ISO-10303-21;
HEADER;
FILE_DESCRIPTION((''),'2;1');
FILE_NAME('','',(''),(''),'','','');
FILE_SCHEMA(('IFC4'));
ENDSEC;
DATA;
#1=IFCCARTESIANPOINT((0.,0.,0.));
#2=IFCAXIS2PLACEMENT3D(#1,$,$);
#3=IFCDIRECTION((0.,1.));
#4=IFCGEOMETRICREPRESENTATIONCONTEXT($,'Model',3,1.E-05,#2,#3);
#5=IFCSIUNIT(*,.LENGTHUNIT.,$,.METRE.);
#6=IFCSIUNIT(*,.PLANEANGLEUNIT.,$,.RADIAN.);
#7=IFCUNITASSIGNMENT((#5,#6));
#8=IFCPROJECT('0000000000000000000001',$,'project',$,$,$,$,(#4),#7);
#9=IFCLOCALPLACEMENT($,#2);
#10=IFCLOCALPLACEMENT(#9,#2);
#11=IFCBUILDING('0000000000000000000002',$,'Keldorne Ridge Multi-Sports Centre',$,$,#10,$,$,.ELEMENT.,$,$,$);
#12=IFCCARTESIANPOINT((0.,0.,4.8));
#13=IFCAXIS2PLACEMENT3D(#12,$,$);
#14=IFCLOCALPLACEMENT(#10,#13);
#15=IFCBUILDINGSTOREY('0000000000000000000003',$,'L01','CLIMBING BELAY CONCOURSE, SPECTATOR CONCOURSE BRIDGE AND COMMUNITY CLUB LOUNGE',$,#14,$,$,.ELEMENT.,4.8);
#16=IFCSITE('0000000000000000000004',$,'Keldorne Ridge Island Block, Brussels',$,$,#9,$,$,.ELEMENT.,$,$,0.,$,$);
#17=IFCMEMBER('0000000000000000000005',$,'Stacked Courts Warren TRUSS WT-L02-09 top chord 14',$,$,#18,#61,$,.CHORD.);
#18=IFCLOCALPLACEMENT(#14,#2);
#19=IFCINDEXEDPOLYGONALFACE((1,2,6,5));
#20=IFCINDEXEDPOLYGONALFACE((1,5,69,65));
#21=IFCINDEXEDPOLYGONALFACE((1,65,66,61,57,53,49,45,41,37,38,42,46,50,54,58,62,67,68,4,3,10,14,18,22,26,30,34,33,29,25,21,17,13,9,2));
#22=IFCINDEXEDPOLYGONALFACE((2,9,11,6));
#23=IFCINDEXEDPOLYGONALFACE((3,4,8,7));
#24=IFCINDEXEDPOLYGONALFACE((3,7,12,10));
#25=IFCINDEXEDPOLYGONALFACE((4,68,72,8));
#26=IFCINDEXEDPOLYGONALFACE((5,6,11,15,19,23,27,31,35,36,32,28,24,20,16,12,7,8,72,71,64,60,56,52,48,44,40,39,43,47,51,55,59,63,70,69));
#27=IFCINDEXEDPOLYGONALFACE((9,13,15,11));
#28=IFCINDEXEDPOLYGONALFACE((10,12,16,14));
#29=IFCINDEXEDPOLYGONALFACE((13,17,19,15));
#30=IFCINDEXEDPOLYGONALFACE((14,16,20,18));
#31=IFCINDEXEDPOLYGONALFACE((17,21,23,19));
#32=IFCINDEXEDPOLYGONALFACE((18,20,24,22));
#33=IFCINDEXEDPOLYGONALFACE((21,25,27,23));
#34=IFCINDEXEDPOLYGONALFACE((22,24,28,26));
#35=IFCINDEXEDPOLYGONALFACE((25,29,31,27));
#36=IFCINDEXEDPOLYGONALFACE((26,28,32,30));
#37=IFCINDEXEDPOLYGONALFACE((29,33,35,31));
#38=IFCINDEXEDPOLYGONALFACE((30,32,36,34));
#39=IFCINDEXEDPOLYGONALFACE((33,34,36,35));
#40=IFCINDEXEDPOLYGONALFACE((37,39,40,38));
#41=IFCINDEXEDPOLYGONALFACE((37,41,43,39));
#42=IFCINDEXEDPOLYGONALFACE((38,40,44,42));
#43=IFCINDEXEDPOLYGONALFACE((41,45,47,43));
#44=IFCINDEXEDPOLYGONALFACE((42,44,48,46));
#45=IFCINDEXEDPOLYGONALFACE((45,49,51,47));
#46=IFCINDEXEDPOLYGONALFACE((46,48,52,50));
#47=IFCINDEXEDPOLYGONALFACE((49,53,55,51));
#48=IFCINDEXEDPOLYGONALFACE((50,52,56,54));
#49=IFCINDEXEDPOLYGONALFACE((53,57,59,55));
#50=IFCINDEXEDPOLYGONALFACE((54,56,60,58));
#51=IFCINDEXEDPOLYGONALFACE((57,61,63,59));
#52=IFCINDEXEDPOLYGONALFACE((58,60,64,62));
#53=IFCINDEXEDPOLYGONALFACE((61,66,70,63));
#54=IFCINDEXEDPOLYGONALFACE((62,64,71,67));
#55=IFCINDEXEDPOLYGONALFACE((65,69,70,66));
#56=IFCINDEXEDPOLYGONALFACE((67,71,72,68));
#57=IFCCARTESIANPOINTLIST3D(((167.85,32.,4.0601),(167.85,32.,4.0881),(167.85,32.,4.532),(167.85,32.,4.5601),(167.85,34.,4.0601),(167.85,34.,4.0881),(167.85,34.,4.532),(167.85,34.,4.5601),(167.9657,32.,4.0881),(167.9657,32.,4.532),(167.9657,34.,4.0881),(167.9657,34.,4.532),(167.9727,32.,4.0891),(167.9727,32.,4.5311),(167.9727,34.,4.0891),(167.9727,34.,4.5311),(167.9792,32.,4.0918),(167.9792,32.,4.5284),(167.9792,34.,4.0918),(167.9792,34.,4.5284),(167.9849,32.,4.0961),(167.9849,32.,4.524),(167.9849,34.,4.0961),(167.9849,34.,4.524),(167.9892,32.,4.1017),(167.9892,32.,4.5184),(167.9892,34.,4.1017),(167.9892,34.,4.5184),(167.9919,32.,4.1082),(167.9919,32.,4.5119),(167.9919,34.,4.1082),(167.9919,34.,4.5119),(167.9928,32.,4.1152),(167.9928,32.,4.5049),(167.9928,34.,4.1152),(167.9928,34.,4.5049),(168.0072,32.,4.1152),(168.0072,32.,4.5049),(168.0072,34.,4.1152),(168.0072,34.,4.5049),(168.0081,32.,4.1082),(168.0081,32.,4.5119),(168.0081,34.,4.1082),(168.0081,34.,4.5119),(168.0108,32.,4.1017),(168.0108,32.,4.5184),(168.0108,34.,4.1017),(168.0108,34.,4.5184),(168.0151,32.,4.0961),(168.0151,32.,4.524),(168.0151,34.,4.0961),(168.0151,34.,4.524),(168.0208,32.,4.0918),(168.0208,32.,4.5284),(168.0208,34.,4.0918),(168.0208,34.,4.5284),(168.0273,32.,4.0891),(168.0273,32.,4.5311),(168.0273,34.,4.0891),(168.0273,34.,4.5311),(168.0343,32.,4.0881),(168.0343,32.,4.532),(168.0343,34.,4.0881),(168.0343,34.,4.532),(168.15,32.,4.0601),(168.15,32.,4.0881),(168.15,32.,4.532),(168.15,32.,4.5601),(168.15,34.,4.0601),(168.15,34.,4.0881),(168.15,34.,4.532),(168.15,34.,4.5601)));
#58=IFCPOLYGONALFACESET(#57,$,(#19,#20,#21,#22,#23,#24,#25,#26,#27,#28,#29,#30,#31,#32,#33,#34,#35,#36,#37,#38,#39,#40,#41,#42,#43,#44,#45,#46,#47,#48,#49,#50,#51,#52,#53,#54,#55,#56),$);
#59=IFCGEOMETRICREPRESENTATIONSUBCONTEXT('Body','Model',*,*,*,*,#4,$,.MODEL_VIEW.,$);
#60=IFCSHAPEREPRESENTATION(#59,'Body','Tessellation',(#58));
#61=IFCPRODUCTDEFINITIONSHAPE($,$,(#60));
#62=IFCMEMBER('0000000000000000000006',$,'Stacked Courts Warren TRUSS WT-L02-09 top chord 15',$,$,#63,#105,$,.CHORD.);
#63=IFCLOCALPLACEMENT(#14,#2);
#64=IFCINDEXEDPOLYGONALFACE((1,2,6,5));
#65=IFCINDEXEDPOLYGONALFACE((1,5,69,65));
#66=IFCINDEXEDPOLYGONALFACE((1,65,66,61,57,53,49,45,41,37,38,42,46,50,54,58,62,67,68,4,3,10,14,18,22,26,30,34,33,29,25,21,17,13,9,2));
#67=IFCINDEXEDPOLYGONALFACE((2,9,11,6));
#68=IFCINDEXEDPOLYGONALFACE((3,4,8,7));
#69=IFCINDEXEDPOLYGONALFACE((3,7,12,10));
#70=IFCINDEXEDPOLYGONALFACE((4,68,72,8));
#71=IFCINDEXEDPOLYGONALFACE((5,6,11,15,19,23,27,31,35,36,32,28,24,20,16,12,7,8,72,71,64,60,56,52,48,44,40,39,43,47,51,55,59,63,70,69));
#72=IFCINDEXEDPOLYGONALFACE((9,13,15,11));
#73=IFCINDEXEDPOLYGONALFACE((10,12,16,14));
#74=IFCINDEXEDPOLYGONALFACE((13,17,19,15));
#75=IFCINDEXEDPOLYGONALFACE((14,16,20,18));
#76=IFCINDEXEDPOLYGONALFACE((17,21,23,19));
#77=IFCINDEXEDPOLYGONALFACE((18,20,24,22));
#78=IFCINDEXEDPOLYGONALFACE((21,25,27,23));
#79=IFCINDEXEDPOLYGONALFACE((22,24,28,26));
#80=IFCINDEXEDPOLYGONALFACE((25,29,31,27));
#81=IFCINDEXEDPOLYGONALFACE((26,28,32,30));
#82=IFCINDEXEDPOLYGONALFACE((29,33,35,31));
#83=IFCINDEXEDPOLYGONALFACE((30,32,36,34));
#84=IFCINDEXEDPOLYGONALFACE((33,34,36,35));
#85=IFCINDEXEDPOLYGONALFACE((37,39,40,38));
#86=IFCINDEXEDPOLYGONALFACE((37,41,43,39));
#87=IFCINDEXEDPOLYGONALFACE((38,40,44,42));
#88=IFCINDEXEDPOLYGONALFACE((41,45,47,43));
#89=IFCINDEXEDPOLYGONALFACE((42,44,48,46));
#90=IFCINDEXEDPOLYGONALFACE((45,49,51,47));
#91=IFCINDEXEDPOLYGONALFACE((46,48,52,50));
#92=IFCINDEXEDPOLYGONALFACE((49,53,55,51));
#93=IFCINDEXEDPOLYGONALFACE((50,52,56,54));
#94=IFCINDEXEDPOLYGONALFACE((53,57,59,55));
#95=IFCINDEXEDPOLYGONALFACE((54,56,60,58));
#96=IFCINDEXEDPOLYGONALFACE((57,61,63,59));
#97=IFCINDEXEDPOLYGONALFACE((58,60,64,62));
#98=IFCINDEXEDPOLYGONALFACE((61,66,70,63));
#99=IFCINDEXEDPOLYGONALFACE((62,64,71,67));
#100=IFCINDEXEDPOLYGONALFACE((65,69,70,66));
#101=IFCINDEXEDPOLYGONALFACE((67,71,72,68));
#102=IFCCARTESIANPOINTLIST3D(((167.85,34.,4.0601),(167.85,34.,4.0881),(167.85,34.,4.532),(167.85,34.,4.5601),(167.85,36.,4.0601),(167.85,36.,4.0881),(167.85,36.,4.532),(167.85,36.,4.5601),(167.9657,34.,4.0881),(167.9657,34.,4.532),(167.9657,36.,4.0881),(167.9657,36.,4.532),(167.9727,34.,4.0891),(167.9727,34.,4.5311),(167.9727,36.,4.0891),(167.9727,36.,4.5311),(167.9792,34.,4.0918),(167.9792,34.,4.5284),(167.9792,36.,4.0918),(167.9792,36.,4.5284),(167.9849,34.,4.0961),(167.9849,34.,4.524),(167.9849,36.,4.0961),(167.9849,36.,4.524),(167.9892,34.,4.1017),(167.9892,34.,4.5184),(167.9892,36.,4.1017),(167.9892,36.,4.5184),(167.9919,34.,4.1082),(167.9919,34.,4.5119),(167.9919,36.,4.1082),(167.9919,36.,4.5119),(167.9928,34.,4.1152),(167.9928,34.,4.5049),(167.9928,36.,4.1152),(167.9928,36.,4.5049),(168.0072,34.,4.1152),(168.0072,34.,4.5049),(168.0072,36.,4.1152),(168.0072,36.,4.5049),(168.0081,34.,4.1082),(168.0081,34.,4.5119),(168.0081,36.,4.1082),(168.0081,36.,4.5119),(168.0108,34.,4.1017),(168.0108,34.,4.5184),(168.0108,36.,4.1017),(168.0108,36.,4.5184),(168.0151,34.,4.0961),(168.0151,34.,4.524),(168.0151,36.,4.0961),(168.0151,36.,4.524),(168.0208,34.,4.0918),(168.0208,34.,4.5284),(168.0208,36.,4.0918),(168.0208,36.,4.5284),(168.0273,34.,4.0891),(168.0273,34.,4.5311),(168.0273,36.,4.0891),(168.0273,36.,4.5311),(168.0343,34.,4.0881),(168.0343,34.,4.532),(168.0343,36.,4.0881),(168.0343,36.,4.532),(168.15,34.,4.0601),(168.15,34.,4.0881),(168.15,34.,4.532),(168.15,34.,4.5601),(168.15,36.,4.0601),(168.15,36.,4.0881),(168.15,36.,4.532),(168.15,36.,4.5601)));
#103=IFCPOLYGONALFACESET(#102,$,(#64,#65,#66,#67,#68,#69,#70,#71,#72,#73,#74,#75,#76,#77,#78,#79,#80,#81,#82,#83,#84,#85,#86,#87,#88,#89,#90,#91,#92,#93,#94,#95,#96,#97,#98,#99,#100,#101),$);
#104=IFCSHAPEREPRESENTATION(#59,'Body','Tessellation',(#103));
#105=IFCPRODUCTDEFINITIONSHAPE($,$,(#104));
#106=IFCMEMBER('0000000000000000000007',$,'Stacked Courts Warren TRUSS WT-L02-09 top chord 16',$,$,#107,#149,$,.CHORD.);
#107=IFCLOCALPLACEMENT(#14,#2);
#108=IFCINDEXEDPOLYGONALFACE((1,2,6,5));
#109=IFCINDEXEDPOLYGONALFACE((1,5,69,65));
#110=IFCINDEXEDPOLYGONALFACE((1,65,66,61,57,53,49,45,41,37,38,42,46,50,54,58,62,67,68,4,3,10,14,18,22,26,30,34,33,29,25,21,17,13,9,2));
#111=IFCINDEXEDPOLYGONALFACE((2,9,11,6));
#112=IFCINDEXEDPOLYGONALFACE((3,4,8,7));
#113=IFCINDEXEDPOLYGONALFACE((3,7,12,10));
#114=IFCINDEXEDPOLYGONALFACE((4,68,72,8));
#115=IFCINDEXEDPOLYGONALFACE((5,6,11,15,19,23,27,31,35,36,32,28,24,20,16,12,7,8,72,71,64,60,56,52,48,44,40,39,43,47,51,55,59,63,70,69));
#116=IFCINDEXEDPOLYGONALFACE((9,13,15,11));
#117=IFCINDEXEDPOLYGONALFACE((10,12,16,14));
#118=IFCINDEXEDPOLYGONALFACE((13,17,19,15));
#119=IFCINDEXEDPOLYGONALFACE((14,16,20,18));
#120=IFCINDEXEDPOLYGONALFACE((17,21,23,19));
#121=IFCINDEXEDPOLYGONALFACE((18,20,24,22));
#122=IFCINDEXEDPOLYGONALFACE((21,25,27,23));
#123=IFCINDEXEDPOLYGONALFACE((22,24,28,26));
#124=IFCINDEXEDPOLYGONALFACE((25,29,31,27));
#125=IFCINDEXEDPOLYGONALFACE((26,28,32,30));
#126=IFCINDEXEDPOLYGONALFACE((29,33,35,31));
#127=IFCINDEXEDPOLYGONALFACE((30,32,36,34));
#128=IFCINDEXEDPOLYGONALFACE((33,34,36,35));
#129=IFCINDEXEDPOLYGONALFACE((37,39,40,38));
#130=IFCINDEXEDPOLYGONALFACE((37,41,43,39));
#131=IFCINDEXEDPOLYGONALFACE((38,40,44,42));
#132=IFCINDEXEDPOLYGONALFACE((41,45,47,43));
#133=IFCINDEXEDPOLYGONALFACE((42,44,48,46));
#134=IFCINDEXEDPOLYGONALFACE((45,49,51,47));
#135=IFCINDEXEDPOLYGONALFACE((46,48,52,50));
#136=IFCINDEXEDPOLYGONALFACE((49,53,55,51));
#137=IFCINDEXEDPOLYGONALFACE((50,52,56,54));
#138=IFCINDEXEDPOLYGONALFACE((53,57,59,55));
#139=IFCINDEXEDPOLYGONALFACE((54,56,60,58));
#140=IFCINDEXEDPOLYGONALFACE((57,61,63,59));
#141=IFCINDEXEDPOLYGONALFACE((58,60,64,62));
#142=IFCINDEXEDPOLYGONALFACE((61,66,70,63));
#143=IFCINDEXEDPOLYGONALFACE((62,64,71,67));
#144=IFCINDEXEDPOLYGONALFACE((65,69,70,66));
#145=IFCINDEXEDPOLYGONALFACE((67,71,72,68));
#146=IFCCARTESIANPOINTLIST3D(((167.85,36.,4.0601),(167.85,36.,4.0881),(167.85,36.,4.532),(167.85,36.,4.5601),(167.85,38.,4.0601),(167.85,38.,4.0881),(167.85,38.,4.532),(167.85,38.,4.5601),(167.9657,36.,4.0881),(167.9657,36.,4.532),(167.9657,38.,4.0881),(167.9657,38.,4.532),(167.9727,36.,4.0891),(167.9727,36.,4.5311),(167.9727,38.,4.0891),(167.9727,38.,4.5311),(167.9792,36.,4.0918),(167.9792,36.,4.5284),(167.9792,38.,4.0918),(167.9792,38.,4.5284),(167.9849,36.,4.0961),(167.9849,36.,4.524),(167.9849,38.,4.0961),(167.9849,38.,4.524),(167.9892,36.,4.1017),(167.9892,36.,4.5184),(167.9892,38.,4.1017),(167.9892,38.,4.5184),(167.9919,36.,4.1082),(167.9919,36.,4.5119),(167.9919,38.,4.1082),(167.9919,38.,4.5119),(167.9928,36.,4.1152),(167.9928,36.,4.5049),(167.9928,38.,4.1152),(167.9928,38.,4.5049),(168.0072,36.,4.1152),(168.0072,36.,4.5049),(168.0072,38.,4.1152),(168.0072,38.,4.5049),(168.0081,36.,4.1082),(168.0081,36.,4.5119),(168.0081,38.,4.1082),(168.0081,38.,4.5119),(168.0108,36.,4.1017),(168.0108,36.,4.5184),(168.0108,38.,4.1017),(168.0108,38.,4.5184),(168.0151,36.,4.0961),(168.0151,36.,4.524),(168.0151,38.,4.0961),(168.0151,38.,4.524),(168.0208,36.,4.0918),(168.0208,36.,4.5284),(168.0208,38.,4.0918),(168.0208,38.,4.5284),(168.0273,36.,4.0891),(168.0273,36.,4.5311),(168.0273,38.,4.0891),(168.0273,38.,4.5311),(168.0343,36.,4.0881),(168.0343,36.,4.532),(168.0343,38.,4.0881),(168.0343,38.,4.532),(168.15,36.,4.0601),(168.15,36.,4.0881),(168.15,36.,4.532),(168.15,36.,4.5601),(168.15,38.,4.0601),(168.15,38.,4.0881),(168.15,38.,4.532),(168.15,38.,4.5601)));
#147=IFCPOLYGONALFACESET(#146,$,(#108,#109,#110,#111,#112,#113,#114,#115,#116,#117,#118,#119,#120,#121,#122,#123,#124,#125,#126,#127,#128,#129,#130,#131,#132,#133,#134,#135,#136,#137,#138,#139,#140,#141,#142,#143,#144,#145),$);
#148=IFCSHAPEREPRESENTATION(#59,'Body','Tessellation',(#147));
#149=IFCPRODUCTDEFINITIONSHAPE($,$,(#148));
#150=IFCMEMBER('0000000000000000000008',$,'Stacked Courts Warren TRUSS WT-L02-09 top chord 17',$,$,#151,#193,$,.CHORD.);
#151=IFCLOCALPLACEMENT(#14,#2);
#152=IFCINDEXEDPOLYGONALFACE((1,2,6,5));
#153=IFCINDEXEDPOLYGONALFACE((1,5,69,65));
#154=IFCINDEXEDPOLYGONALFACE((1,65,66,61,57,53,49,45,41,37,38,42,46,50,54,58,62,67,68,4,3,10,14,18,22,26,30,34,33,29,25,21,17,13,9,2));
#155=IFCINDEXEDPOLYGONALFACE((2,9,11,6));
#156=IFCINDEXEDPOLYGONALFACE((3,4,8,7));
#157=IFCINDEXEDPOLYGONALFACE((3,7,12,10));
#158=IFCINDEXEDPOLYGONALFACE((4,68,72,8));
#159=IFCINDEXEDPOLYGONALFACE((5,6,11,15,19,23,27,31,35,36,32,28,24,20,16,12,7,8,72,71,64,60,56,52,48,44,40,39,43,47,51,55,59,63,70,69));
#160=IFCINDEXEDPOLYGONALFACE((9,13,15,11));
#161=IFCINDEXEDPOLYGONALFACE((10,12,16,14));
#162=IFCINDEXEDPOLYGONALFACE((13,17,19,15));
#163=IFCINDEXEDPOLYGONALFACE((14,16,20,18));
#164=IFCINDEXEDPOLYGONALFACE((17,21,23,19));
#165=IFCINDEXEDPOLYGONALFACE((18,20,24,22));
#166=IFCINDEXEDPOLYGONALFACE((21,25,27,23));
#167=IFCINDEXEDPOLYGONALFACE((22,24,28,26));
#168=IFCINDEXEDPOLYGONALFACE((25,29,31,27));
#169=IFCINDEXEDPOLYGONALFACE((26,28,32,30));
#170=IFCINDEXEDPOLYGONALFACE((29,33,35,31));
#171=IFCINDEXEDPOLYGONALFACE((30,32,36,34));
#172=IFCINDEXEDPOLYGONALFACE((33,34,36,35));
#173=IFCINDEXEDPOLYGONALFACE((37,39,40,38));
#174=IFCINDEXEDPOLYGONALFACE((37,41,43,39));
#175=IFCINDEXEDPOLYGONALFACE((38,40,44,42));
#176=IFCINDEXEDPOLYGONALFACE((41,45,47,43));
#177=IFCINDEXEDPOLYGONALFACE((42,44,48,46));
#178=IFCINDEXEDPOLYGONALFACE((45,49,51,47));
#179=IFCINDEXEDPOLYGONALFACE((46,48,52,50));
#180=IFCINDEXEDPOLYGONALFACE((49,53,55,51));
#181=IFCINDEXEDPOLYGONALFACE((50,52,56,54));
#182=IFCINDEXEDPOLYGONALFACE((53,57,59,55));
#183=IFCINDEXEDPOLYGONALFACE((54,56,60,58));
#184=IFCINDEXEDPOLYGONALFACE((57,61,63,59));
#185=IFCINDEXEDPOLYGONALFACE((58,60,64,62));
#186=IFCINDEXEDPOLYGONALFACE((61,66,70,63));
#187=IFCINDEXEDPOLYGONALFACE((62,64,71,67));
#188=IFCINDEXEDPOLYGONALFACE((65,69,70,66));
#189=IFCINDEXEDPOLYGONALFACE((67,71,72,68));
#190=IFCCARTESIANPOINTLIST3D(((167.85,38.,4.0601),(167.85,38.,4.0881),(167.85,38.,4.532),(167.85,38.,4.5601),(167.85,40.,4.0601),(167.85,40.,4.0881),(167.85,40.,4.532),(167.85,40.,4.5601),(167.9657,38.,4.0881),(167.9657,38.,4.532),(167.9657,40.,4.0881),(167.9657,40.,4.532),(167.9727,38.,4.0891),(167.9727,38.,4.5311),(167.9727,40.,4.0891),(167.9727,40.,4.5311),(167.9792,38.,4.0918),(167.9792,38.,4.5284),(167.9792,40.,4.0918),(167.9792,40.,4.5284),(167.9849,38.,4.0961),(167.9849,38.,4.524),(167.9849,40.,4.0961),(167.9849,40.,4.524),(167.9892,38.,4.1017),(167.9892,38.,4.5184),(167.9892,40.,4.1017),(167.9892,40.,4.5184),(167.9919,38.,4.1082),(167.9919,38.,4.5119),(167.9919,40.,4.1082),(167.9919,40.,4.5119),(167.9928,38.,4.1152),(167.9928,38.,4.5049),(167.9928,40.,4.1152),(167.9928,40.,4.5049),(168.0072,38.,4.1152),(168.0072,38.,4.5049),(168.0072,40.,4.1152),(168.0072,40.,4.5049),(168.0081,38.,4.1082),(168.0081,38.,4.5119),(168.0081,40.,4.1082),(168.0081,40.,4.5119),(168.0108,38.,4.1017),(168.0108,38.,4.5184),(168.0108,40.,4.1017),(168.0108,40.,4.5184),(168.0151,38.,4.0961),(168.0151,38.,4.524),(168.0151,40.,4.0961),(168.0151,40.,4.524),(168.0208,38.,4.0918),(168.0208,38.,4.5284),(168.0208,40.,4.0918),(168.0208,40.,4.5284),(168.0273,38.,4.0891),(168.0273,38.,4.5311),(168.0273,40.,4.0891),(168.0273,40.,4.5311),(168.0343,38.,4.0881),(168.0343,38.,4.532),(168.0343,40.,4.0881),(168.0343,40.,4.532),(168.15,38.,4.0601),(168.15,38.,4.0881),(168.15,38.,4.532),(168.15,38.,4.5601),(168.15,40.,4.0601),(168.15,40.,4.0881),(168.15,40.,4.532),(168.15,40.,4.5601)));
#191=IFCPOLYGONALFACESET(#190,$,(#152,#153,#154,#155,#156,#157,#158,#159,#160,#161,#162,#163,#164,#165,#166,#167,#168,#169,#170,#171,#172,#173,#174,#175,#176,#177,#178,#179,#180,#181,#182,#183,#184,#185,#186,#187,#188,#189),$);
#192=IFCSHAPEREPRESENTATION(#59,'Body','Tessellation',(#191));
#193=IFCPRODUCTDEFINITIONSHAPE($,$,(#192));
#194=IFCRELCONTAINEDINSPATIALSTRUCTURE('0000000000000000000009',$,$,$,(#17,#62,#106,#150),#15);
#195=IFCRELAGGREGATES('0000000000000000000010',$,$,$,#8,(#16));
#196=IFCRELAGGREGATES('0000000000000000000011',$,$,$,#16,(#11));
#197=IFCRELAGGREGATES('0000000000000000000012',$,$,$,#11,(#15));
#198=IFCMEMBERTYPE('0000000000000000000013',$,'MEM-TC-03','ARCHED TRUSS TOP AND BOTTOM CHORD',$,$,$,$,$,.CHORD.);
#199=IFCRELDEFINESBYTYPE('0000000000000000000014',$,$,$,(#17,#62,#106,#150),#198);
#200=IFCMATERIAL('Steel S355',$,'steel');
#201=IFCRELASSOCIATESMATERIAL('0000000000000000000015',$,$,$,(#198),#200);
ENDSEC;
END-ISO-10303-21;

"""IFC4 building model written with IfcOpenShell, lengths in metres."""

from ifc_helpers import new_model, si_unit, direction, frame, origin, origin_2d, place, context, subcontext, project, spatial, i_section, extrude, material, material_profile, profile_set, type_object, element, save


model = new_model("IFC4")

# Units and contexts
model_context = context("Model", 3, precision=1e-05, world=origin(), true_north=direction((0.0, 1.0)))
body_context = subcontext(model_context, "Body", "Model", "MODEL_VIEW")
ifc_project = project(units=[si_unit("LENGTHUNIT", "METRE"), si_unit("PLANEANGLEUNIT", "RADIAN")], contexts=[model_context])

# Site, building, storey
site_placement = place(None, origin())
site = spatial("IfcSite", under=ifc_project, at=site_placement, Name="Keldorne Ridge Island Block, Brussels", CompositionType="ELEMENT", RefElevation=0.0)
building_placement = place(site_placement, origin())
building = spatial("IfcBuilding", under=site, at=building_placement, Name="Keldorne Ridge Multi-Sports Centre", CompositionType="ELEMENT")
storey_placement = place(building_placement, frame((0.0, 0.0, 4.8)))
storey = spatial("IfcBuildingStorey", under=building, at=storey_placement, Name="L01", Description="CLIMBING BELAY CONCOURSE, SPECTATOR CONCOURSE BRIDGE AND COMMUNITY CLUB LOUNGE", CompositionType="ELEMENT", Elevation=4.8)

# Shared definitions
ifc_material_1 = material(Name="Steel S355", Category="steel")

# Members
ifc_material_profile_1 = material_profile(ifc_material_1, i_section(OverallWidth=0.3, OverallDepth=0.5, WebThickness=0.0144, FlangeThickness=0.0281, FilletRadius=0.0271, at=origin_2d()), Name="HEB 500")
ifc_profile_set_1 = profile_set([ifc_material_profile_1], Name="Steel S355")
member_type_1 = type_object("IfcMemberType", Name="MEM-TC-03", Description="ARCHED TRUSS TOP AND BOTTOM CHORD", PredefinedType="CHORD", material=ifc_profile_set_1)
for number, where, z_axis, x_axis, name in (
    (1, (168.0, 32.0, 4.3101), (0.0, 1.0, 0.0), (-1.0, 0.0, 0.0), "Stacked Courts Warren TRUSS WT-L02-09 top chord 14"),
    (2, (168.0, 34.0, 4.3101), (0.0, 1.0, 0.0), (-1.0, 0.0, 0.0), "Stacked Courts Warren TRUSS WT-L02-09 top chord 15"),
    (3, (168.0, 36.0, 4.3101), (0.0, 1.0, 0.0), (-1.0, 0.0, 0.0), "Stacked Courts Warren TRUSS WT-L02-09 top chord 16"),
    (4, (168.0, 38.0, 4.3101), (0.0, 1.0, 0.0), (-1.0, 0.0, 0.0), "Stacked Courts Warren TRUSS WT-L02-09 top chord 17"),
):
    element("IfcMember", number, at=place(storey_placement, frame(where, z_axis=z_axis, x_axis=x_axis)), inside=storey, type_object=member_type_1, Name=name, PredefinedType="CHORD", context=body_context, shape_type="SweptSolid", body=[
        extrude(i_section(OverallWidth=0.3, OverallDepth=0.5, WebThickness=0.0144, FlangeThickness=0.0281, FilletRadius=0.0271, at=origin_2d()), origin(), (0.0, 0.0, 1.0), 2.0),
    ])

save(model, "model.ifc")
